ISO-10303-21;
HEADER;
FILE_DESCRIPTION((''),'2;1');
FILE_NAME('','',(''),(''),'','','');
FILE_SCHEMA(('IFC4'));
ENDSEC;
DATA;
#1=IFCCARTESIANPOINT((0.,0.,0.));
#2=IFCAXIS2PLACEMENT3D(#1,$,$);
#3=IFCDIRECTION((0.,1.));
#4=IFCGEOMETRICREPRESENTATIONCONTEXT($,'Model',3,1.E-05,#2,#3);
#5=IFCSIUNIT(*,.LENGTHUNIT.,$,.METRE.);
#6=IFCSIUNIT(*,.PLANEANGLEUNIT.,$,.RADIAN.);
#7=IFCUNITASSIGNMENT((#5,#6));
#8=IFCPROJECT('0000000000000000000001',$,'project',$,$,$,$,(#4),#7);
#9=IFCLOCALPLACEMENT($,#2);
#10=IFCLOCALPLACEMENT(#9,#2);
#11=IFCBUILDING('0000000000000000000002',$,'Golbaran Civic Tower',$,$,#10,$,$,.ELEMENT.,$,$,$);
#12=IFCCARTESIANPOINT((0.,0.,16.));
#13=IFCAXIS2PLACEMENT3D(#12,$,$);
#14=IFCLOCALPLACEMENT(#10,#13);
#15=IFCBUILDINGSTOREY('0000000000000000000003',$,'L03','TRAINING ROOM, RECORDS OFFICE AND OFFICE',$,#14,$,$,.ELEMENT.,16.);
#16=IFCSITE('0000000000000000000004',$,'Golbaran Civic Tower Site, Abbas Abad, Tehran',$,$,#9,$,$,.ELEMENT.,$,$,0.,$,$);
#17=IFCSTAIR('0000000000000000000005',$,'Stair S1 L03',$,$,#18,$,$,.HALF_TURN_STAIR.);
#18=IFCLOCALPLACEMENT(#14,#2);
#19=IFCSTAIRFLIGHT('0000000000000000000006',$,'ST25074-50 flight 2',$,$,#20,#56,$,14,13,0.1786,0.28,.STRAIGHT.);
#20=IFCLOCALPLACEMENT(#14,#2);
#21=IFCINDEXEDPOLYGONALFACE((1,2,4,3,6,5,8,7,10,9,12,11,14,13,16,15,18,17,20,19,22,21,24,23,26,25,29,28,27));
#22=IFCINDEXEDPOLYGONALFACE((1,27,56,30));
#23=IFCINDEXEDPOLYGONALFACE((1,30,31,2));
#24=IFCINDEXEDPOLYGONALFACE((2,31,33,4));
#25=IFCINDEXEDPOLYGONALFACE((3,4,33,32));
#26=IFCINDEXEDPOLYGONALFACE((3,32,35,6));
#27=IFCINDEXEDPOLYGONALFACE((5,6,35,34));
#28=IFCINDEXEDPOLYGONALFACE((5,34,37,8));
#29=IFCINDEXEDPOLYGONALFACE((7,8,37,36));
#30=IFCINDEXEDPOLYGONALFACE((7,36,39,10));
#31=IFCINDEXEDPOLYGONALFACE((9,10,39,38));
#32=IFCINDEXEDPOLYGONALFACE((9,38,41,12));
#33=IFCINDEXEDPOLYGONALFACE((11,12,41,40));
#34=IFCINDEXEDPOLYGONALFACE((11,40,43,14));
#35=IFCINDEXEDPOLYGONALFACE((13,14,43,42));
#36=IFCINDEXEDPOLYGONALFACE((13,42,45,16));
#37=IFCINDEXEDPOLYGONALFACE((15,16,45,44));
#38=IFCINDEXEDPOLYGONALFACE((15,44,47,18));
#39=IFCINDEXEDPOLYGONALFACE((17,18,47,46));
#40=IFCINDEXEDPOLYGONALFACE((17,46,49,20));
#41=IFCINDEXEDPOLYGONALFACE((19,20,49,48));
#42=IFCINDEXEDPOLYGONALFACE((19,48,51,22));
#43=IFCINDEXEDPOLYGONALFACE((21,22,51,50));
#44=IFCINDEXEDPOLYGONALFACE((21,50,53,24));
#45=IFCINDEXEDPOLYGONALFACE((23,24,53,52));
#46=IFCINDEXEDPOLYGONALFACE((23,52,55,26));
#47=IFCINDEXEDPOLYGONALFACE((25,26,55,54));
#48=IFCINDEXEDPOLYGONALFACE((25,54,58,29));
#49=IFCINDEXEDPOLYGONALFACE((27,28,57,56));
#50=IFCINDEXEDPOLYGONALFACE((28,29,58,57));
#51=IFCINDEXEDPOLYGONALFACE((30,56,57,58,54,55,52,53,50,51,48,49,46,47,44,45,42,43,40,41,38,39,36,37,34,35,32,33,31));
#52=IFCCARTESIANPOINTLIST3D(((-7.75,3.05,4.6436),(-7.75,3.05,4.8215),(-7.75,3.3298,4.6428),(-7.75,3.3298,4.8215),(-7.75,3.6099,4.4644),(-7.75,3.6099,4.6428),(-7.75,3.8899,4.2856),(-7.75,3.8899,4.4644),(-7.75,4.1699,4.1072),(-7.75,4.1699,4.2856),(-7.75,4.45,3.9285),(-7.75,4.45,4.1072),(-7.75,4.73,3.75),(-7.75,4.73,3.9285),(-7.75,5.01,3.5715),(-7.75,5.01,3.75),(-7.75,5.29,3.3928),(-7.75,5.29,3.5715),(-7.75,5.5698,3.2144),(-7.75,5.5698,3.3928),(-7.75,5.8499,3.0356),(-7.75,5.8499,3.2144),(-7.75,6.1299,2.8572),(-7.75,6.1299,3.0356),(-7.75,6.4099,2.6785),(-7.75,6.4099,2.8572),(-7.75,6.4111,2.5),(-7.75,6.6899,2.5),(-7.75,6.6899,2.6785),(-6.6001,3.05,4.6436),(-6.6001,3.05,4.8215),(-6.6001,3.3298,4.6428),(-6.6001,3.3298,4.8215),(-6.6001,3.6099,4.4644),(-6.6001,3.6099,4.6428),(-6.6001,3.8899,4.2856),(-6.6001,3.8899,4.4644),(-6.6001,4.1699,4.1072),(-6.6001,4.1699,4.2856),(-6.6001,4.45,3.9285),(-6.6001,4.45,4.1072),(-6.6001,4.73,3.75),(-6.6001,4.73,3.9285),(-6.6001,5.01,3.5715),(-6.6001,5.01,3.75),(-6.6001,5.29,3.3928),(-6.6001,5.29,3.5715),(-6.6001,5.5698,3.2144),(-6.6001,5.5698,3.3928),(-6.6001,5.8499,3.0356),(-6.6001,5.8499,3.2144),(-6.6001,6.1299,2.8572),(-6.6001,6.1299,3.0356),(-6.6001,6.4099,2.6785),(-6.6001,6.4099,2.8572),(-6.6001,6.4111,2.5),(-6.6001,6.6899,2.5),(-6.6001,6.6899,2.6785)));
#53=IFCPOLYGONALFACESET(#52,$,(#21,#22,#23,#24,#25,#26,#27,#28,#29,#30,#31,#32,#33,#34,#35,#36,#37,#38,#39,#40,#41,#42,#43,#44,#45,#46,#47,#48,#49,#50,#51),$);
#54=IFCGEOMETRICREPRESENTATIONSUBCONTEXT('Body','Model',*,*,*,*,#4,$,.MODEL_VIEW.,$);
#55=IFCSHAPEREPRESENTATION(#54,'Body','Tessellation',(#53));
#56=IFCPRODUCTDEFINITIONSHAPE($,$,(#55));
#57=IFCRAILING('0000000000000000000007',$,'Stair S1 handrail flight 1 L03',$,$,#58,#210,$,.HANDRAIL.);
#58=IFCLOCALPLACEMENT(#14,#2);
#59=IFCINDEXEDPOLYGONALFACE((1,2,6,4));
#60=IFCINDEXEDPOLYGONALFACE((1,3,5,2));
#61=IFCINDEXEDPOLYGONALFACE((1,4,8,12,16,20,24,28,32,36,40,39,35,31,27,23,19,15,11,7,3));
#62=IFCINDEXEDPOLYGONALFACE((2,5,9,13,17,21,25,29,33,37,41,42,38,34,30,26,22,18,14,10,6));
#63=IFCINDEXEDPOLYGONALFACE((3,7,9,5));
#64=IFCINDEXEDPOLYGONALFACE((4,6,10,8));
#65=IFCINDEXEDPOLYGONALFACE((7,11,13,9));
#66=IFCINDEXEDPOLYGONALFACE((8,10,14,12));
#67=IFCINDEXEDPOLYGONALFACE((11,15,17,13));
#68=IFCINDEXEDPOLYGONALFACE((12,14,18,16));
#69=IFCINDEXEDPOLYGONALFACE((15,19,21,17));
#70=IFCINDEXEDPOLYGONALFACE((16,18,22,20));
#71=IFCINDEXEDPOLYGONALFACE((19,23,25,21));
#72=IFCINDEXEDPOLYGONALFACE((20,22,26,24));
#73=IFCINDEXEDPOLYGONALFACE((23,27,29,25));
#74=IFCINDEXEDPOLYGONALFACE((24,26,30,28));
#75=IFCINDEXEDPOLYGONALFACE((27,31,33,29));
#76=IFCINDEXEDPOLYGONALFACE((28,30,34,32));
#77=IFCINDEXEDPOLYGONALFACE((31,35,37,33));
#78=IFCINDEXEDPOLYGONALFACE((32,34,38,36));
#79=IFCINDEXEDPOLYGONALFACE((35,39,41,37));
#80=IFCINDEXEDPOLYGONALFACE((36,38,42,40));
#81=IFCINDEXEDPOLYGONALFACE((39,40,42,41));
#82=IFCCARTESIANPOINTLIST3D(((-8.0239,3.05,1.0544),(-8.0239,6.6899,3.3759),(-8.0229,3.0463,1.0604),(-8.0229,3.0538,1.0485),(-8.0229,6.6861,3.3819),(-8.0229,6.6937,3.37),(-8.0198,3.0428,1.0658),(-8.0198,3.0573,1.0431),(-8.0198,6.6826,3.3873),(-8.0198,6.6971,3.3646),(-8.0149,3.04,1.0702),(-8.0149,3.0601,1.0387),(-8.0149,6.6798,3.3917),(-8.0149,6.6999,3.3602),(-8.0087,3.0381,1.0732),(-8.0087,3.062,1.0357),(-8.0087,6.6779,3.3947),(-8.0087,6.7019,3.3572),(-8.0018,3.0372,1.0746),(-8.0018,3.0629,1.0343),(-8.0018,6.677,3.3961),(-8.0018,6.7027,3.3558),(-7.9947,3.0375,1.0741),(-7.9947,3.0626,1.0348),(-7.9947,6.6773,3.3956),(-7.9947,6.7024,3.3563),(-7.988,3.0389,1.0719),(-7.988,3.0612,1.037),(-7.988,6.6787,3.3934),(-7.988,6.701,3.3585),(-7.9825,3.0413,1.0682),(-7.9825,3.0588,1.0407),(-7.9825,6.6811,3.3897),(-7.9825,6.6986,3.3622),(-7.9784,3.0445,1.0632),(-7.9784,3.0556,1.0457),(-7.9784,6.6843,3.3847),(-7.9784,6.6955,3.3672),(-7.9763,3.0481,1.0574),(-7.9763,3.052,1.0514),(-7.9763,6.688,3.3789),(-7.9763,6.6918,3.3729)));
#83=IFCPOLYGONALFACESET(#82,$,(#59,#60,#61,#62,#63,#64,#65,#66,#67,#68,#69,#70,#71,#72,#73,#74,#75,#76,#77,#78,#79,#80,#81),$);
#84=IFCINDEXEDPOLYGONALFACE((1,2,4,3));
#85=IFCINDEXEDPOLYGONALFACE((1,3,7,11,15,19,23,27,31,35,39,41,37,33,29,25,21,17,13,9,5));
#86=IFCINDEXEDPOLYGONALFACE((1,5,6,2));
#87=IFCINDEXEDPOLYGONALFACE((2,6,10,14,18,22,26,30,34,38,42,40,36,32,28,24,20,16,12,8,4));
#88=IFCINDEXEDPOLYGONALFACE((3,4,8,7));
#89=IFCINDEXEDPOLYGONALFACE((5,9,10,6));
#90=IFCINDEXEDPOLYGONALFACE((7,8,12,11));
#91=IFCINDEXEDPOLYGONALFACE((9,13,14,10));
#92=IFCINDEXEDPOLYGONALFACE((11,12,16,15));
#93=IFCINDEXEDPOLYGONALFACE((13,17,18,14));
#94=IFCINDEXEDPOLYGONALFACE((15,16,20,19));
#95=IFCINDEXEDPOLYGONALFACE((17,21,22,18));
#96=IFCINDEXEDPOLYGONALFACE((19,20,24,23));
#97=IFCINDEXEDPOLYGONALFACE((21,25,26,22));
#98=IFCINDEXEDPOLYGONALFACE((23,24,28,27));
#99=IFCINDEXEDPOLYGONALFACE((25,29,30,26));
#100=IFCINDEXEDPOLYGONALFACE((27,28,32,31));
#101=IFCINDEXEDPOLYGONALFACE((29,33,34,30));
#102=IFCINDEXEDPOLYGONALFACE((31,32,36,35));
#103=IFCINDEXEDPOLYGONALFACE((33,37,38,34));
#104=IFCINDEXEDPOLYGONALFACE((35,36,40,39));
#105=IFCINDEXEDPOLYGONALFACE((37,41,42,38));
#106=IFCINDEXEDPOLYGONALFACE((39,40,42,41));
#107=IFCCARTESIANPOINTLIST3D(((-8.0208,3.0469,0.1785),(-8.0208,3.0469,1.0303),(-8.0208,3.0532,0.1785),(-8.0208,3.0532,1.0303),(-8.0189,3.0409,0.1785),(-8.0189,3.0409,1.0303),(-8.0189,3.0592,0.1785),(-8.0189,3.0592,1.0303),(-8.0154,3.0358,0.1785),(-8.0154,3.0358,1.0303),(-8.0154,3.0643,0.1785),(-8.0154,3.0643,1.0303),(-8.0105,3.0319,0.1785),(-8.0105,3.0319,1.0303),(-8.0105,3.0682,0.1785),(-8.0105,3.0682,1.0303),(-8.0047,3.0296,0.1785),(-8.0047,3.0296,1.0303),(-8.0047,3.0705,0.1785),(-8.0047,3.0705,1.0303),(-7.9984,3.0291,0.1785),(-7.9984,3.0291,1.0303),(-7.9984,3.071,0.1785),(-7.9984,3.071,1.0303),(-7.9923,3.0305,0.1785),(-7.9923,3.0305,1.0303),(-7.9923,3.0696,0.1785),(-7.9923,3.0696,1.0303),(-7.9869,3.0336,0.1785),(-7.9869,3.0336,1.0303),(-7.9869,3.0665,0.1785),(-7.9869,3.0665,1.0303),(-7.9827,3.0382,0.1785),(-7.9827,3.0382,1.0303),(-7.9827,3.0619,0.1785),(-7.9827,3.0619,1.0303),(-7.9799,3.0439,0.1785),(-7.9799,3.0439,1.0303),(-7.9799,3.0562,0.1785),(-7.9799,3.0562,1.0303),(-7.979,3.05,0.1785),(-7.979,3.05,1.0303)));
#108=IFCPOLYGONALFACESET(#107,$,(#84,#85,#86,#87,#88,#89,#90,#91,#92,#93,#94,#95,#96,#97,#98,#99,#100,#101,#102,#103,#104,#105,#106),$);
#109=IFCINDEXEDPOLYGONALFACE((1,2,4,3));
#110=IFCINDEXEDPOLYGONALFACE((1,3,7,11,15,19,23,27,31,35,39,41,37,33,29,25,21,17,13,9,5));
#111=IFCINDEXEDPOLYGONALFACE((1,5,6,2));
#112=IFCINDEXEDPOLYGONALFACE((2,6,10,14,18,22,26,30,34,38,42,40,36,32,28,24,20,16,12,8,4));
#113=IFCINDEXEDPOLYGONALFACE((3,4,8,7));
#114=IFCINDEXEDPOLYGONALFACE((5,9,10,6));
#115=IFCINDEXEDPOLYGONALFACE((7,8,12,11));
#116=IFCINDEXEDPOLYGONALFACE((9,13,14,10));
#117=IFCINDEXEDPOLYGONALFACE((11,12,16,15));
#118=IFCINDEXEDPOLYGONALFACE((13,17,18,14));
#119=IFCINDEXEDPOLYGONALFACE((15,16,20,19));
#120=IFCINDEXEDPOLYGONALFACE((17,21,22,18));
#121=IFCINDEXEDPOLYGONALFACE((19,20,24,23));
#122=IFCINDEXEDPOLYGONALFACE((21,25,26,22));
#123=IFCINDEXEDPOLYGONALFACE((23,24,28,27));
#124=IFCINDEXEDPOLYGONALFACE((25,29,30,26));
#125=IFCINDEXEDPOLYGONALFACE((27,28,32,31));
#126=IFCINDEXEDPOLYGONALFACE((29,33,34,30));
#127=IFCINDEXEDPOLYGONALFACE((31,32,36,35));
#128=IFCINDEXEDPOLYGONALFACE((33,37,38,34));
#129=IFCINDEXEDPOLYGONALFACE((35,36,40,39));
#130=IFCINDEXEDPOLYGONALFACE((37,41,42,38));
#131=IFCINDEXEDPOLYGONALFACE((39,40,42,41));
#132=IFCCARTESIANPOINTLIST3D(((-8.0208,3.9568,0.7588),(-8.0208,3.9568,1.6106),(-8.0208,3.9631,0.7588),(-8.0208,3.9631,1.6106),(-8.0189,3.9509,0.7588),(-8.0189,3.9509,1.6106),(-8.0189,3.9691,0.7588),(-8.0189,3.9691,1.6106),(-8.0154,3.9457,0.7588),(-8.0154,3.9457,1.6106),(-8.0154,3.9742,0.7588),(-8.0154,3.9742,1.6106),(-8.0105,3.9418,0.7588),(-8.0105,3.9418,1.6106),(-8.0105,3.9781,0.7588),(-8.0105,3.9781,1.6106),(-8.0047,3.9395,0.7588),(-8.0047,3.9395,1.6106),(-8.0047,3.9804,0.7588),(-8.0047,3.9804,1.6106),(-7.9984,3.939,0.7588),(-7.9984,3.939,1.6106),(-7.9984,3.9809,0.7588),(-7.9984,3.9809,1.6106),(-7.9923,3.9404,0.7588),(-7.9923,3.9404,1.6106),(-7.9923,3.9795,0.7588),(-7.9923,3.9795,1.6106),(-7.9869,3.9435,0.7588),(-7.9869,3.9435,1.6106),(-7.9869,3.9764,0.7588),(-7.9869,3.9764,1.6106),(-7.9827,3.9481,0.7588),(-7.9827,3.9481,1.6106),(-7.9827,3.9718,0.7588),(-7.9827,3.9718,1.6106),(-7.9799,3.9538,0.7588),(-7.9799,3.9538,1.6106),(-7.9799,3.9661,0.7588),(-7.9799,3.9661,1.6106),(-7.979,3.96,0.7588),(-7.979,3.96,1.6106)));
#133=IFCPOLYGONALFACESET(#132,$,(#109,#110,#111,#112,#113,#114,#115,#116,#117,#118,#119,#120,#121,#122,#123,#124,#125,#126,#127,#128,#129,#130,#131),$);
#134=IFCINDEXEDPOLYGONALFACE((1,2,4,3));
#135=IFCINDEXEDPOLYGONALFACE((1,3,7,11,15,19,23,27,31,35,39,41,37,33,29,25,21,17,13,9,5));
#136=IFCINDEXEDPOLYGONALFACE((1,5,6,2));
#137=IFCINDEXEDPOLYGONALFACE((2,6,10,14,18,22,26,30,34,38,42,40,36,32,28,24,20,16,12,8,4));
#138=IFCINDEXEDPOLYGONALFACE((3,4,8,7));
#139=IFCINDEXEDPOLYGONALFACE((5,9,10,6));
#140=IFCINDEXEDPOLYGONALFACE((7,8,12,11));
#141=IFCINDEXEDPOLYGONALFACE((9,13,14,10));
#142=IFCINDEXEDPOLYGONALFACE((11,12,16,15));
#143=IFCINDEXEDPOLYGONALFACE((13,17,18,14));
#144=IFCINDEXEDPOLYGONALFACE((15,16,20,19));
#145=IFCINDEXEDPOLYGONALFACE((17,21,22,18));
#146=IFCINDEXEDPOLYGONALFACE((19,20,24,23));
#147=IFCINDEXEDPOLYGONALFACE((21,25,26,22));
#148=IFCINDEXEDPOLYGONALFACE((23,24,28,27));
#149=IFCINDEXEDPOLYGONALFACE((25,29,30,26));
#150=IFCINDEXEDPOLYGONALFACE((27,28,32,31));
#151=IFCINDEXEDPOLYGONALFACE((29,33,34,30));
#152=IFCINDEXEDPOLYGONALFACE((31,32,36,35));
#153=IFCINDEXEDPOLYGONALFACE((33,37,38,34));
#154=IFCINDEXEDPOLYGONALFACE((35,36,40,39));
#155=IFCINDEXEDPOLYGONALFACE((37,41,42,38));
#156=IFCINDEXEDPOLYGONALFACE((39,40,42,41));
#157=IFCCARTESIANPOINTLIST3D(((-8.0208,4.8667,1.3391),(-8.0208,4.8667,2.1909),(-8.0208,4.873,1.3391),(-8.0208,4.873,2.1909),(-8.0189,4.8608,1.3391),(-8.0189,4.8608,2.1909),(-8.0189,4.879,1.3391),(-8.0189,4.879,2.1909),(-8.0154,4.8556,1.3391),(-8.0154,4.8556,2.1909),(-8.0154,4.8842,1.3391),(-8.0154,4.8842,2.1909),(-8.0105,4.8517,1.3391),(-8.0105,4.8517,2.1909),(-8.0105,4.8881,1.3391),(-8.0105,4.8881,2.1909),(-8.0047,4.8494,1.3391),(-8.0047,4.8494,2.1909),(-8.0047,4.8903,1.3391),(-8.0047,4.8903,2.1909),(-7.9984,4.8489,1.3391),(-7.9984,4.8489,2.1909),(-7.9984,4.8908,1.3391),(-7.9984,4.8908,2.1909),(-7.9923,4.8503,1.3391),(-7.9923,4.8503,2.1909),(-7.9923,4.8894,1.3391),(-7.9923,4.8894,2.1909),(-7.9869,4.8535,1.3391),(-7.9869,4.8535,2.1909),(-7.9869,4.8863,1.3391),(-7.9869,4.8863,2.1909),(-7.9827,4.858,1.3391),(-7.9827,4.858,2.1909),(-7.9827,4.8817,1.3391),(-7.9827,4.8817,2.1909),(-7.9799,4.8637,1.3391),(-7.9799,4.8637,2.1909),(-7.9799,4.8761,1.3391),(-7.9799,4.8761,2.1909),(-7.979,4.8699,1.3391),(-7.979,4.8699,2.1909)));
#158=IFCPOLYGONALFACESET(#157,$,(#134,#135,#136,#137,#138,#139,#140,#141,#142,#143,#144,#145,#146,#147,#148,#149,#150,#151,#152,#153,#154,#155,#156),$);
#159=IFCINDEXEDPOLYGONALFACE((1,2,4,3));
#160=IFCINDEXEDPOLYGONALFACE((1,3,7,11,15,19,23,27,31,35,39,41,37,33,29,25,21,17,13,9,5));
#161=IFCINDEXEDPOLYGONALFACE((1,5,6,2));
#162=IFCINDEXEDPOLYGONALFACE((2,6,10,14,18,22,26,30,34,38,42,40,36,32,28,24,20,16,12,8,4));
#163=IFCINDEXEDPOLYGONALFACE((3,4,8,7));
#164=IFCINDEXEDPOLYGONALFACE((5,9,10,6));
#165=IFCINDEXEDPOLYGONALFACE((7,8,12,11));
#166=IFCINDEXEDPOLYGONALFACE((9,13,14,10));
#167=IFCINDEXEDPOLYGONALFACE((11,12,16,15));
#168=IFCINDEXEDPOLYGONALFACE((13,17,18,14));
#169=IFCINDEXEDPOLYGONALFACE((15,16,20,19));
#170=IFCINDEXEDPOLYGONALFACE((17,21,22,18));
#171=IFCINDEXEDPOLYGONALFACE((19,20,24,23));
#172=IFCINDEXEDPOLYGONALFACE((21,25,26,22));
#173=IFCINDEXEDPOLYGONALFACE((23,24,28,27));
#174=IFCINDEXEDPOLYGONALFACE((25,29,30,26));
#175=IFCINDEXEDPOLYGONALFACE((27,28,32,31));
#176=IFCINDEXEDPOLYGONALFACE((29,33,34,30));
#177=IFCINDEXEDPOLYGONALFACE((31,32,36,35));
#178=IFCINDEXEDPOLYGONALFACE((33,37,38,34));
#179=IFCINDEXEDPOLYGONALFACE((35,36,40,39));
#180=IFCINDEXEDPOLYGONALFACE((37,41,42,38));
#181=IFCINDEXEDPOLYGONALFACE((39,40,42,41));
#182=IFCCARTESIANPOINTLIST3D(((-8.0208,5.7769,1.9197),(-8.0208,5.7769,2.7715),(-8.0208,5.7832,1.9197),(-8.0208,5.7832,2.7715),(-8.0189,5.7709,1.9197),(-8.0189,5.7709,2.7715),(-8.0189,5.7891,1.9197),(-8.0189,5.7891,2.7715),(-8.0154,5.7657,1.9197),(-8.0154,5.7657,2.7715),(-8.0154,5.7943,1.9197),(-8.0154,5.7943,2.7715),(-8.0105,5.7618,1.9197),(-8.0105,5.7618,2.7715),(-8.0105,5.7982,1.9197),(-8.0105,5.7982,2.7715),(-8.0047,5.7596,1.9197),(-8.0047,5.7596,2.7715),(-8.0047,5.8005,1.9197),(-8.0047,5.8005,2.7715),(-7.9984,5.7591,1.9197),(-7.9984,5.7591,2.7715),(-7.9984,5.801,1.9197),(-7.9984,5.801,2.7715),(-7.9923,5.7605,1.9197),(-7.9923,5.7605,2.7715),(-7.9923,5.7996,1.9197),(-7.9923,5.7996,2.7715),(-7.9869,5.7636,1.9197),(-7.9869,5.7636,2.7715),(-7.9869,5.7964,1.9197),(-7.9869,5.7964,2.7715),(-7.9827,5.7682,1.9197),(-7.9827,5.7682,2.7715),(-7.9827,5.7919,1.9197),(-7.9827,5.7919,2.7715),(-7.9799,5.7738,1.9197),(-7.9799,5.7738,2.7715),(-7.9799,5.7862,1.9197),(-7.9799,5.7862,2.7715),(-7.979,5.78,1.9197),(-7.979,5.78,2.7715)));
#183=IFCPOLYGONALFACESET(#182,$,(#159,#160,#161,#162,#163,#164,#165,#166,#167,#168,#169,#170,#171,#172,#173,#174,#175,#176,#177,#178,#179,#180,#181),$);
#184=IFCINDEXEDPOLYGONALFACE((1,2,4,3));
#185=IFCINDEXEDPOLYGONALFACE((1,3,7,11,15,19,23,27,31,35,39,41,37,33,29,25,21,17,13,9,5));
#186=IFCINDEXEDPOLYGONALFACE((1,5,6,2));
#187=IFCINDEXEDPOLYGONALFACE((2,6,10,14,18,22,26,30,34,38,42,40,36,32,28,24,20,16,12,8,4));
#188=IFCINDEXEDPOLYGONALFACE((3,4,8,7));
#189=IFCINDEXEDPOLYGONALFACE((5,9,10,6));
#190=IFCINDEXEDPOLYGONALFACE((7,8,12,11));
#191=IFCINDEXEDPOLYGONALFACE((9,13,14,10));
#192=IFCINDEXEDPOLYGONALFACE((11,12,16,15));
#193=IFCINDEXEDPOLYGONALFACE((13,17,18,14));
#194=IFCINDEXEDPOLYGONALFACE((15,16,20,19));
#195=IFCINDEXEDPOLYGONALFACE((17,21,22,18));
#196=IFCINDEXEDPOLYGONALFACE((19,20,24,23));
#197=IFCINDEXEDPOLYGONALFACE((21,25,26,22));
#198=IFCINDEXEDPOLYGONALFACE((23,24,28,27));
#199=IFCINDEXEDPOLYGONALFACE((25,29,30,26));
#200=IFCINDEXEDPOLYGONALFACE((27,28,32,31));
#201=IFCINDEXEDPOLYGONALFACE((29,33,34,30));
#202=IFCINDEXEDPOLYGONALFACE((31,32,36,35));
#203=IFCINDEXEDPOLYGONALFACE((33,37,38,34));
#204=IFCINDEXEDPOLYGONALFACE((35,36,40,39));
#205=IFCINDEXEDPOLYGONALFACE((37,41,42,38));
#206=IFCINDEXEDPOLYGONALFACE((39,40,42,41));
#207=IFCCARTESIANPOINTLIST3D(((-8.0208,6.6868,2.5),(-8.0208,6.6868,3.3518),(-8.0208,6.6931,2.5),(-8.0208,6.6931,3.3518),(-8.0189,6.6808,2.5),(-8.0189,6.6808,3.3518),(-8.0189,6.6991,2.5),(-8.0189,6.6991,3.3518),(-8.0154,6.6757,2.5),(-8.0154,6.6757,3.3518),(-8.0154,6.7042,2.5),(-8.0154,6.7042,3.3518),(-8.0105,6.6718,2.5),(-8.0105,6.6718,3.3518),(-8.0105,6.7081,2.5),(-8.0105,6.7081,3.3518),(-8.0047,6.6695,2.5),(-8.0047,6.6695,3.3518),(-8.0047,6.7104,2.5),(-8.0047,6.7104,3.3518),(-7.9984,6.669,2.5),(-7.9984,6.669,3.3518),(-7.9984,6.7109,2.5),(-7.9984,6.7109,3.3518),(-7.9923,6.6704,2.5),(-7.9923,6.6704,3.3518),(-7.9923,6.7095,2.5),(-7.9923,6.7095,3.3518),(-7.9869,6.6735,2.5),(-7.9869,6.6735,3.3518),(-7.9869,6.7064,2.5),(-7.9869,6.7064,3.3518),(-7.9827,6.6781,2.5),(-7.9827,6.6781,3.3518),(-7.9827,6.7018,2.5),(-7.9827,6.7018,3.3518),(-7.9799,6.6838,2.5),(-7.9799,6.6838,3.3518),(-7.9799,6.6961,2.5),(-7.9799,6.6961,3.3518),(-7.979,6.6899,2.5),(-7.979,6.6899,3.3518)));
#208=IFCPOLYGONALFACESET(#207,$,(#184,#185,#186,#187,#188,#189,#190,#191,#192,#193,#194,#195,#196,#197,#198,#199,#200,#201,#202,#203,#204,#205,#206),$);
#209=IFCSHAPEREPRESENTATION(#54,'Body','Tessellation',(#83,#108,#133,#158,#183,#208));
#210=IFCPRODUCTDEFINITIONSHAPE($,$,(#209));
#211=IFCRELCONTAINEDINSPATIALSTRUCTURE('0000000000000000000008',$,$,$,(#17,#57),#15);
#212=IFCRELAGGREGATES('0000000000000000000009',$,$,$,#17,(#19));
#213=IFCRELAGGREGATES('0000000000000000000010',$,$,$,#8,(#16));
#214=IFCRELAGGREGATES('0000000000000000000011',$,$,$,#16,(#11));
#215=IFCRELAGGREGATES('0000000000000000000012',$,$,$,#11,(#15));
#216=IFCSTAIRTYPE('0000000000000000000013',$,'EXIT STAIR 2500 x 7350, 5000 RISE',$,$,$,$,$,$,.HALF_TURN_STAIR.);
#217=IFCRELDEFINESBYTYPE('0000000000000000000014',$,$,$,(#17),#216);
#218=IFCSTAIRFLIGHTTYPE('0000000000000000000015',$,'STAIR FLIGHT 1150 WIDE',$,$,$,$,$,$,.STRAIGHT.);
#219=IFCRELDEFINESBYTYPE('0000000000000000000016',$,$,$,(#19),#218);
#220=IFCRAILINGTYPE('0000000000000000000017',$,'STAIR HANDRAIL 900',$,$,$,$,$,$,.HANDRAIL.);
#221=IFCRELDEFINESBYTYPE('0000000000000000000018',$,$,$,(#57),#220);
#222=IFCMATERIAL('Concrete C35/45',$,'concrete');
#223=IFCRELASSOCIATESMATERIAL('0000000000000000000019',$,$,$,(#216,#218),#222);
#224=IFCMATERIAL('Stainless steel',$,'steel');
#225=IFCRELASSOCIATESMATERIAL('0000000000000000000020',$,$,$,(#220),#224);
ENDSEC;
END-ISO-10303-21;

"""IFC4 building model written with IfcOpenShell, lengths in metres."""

from ifc_helpers import new_model, si_unit, direction, frame, origin, origin_2d, place, context, subcontext, project, spatial, polyline, circle, outline, extrude, material, type_object, element, aggregate, save


model = new_model("IFC4")

# Units and contexts
model_context = context("Model", 3, precision=1e-05, world=origin(), true_north=direction((0.0, 1.0)))
body_context = subcontext(model_context, "Body", "Model", "MODEL_VIEW")
ifc_project = project(units=[si_unit("LENGTHUNIT", "METRE"), si_unit("PLANEANGLEUNIT", "RADIAN")], contexts=[model_context])

# Site, building, storey
site_placement = place(None, origin())
site = spatial("IfcSite", under=ifc_project, at=site_placement, Name="Golbaran Civic Tower Site, Abbas Abad, Tehran", CompositionType="ELEMENT", RefElevation=0.0)
building_placement = place(site_placement, origin())
building = spatial("IfcBuilding", under=site, at=building_placement, Name="Golbaran Civic Tower", CompositionType="ELEMENT")
storey_placement = place(building_placement, frame((0.0, 0.0, 16.0)))
storey = spatial("IfcBuildingStorey", under=building, at=storey_placement, Name="L03", Description="TRAINING ROOM, RECORDS OFFICE AND OFFICE", CompositionType="ELEMENT", Elevation=16.0)

# Shared definitions
ifc_material_1 = material(Name="Stainless steel", Category="steel")

# Stair, stair flight
ifc_material_2 = material(Name="Concrete C35/45", Category="concrete")
stair_type = type_object("IfcStairType", Name="EXIT STAIR 2500 x 7350, 5000 RISE", PredefinedType="HALF_TURN_STAIR", material=ifc_material_2)
stair_placement = place(storey_placement, origin())
stair = element("IfcStair", 1, at=stair_placement, inside=storey, type_object=stair_type, Name="Stair S1 L03", PredefinedType="HALF_TURN_STAIR")
stair_flight_type = type_object("IfcStairFlightType", Name="STAIR FLIGHT 1150 WIDE", PredefinedType="STRAIGHT", material=ifc_material_2)
stair_flight_1_placement = place(storey_placement, frame((-7.175, 6.6899, 2.5), z_axis=(0.0, 0.0, 1.0), x_axis=(0.0, -1.0, 0.0)))
stair_flight_1 = element("IfcStairFlight", 2, at=stair_flight_1_placement, type_object=stair_flight_type, Name="ST25074-50 flight 2", NumberOfRisers=14, NumberOfTreads=13, PredefinedType="STRAIGHT", RiserHeight=0.1786, TreadLength=0.28, context=body_context, shape_type="SweptSolid", body=[
    extrude(outline(polyline([(0.0, 0.0), (0.0, 0.1785), (0.28, 0.1785), (0.28, 0.3572), (0.5601, 0.3572), (0.5601, 0.5356), (0.8401, 0.5356), (0.8401, 0.7144), (1.1201, 0.7144), (1.1201, 0.8928), (1.3999, 0.8928), (1.3999, 1.0715), (1.6799, 1.0715), (1.6799, 1.25), (1.96, 1.25), (1.96, 1.4285), (2.24, 1.4285), (2.24, 1.6072), (2.52, 1.6072), (2.52, 1.7856), (2.8, 1.7856), (2.8, 1.9644), (3.0801, 1.9644), (3.0801, 2.1428), (3.3601, 2.1428), (3.3601, 2.3215), (3.6399, 2.3215), (3.6399, 2.5), (3.6399, 2.1436), (0.2788, 0.0), (0.0, 0.0)])), frame((0.0, 0.575, 0.0), z_axis=(0.0, -1.0, 0.0), x_axis=(1.0, 0.0, 0.0)), (0.0, 0.0, 1.0), 1.1499),
])
aggregate(stair, [stair_flight_1])

# Railing
railing_type = type_object("IfcRailingType", Name="STAIR HANDRAIL 900", PredefinedType="HANDRAIL", material=ifc_material_1)
railing_1_placement = place(storey_placement, frame((-8.0, 3.05, 0.1785)))
element("IfcRailing", 3, at=railing_1_placement, inside=storey, type_object=railing_type, Name="Stair S1 handrail flight 1 L03", PredefinedType="HANDRAIL", context=body_context, shape_type="SweptSolid", body=[
    extrude(circle(Radius=0.0239, at=origin_2d()), frame((0.0, 0.0, 0.876), z_axis=(0.0, 0.843112, 0.537739), x_axis=(-1.0, 0.0, 0.0)), (0.0, 0.0, 1.0), 4.3171),
    extrude(circle(Radius=0.021, at=origin_2d()), origin(), (0.0, 0.0, 1.0), 0.8518),
    extrude(circle(Radius=0.021, at=origin_2d()), frame((0.0, 0.9099, 0.5803)), (0.0, 0.0, 1.0), 0.8518),
    extrude(circle(Radius=0.021, at=origin_2d()), frame((0.0, 1.8198, 1.1606)), (0.0, 0.0, 1.0), 0.8518),
    extrude(circle(Radius=0.021, at=origin_2d()), frame((0.0, 2.73, 1.7412)), (0.0, 0.0, 1.0), 0.8518),
    extrude(circle(Radius=0.021, at=origin_2d()), frame((0.0, 3.6399, 2.3215)), (0.0, 0.0, 1.0), 0.8518),
])

save(model, "model.ifc")
